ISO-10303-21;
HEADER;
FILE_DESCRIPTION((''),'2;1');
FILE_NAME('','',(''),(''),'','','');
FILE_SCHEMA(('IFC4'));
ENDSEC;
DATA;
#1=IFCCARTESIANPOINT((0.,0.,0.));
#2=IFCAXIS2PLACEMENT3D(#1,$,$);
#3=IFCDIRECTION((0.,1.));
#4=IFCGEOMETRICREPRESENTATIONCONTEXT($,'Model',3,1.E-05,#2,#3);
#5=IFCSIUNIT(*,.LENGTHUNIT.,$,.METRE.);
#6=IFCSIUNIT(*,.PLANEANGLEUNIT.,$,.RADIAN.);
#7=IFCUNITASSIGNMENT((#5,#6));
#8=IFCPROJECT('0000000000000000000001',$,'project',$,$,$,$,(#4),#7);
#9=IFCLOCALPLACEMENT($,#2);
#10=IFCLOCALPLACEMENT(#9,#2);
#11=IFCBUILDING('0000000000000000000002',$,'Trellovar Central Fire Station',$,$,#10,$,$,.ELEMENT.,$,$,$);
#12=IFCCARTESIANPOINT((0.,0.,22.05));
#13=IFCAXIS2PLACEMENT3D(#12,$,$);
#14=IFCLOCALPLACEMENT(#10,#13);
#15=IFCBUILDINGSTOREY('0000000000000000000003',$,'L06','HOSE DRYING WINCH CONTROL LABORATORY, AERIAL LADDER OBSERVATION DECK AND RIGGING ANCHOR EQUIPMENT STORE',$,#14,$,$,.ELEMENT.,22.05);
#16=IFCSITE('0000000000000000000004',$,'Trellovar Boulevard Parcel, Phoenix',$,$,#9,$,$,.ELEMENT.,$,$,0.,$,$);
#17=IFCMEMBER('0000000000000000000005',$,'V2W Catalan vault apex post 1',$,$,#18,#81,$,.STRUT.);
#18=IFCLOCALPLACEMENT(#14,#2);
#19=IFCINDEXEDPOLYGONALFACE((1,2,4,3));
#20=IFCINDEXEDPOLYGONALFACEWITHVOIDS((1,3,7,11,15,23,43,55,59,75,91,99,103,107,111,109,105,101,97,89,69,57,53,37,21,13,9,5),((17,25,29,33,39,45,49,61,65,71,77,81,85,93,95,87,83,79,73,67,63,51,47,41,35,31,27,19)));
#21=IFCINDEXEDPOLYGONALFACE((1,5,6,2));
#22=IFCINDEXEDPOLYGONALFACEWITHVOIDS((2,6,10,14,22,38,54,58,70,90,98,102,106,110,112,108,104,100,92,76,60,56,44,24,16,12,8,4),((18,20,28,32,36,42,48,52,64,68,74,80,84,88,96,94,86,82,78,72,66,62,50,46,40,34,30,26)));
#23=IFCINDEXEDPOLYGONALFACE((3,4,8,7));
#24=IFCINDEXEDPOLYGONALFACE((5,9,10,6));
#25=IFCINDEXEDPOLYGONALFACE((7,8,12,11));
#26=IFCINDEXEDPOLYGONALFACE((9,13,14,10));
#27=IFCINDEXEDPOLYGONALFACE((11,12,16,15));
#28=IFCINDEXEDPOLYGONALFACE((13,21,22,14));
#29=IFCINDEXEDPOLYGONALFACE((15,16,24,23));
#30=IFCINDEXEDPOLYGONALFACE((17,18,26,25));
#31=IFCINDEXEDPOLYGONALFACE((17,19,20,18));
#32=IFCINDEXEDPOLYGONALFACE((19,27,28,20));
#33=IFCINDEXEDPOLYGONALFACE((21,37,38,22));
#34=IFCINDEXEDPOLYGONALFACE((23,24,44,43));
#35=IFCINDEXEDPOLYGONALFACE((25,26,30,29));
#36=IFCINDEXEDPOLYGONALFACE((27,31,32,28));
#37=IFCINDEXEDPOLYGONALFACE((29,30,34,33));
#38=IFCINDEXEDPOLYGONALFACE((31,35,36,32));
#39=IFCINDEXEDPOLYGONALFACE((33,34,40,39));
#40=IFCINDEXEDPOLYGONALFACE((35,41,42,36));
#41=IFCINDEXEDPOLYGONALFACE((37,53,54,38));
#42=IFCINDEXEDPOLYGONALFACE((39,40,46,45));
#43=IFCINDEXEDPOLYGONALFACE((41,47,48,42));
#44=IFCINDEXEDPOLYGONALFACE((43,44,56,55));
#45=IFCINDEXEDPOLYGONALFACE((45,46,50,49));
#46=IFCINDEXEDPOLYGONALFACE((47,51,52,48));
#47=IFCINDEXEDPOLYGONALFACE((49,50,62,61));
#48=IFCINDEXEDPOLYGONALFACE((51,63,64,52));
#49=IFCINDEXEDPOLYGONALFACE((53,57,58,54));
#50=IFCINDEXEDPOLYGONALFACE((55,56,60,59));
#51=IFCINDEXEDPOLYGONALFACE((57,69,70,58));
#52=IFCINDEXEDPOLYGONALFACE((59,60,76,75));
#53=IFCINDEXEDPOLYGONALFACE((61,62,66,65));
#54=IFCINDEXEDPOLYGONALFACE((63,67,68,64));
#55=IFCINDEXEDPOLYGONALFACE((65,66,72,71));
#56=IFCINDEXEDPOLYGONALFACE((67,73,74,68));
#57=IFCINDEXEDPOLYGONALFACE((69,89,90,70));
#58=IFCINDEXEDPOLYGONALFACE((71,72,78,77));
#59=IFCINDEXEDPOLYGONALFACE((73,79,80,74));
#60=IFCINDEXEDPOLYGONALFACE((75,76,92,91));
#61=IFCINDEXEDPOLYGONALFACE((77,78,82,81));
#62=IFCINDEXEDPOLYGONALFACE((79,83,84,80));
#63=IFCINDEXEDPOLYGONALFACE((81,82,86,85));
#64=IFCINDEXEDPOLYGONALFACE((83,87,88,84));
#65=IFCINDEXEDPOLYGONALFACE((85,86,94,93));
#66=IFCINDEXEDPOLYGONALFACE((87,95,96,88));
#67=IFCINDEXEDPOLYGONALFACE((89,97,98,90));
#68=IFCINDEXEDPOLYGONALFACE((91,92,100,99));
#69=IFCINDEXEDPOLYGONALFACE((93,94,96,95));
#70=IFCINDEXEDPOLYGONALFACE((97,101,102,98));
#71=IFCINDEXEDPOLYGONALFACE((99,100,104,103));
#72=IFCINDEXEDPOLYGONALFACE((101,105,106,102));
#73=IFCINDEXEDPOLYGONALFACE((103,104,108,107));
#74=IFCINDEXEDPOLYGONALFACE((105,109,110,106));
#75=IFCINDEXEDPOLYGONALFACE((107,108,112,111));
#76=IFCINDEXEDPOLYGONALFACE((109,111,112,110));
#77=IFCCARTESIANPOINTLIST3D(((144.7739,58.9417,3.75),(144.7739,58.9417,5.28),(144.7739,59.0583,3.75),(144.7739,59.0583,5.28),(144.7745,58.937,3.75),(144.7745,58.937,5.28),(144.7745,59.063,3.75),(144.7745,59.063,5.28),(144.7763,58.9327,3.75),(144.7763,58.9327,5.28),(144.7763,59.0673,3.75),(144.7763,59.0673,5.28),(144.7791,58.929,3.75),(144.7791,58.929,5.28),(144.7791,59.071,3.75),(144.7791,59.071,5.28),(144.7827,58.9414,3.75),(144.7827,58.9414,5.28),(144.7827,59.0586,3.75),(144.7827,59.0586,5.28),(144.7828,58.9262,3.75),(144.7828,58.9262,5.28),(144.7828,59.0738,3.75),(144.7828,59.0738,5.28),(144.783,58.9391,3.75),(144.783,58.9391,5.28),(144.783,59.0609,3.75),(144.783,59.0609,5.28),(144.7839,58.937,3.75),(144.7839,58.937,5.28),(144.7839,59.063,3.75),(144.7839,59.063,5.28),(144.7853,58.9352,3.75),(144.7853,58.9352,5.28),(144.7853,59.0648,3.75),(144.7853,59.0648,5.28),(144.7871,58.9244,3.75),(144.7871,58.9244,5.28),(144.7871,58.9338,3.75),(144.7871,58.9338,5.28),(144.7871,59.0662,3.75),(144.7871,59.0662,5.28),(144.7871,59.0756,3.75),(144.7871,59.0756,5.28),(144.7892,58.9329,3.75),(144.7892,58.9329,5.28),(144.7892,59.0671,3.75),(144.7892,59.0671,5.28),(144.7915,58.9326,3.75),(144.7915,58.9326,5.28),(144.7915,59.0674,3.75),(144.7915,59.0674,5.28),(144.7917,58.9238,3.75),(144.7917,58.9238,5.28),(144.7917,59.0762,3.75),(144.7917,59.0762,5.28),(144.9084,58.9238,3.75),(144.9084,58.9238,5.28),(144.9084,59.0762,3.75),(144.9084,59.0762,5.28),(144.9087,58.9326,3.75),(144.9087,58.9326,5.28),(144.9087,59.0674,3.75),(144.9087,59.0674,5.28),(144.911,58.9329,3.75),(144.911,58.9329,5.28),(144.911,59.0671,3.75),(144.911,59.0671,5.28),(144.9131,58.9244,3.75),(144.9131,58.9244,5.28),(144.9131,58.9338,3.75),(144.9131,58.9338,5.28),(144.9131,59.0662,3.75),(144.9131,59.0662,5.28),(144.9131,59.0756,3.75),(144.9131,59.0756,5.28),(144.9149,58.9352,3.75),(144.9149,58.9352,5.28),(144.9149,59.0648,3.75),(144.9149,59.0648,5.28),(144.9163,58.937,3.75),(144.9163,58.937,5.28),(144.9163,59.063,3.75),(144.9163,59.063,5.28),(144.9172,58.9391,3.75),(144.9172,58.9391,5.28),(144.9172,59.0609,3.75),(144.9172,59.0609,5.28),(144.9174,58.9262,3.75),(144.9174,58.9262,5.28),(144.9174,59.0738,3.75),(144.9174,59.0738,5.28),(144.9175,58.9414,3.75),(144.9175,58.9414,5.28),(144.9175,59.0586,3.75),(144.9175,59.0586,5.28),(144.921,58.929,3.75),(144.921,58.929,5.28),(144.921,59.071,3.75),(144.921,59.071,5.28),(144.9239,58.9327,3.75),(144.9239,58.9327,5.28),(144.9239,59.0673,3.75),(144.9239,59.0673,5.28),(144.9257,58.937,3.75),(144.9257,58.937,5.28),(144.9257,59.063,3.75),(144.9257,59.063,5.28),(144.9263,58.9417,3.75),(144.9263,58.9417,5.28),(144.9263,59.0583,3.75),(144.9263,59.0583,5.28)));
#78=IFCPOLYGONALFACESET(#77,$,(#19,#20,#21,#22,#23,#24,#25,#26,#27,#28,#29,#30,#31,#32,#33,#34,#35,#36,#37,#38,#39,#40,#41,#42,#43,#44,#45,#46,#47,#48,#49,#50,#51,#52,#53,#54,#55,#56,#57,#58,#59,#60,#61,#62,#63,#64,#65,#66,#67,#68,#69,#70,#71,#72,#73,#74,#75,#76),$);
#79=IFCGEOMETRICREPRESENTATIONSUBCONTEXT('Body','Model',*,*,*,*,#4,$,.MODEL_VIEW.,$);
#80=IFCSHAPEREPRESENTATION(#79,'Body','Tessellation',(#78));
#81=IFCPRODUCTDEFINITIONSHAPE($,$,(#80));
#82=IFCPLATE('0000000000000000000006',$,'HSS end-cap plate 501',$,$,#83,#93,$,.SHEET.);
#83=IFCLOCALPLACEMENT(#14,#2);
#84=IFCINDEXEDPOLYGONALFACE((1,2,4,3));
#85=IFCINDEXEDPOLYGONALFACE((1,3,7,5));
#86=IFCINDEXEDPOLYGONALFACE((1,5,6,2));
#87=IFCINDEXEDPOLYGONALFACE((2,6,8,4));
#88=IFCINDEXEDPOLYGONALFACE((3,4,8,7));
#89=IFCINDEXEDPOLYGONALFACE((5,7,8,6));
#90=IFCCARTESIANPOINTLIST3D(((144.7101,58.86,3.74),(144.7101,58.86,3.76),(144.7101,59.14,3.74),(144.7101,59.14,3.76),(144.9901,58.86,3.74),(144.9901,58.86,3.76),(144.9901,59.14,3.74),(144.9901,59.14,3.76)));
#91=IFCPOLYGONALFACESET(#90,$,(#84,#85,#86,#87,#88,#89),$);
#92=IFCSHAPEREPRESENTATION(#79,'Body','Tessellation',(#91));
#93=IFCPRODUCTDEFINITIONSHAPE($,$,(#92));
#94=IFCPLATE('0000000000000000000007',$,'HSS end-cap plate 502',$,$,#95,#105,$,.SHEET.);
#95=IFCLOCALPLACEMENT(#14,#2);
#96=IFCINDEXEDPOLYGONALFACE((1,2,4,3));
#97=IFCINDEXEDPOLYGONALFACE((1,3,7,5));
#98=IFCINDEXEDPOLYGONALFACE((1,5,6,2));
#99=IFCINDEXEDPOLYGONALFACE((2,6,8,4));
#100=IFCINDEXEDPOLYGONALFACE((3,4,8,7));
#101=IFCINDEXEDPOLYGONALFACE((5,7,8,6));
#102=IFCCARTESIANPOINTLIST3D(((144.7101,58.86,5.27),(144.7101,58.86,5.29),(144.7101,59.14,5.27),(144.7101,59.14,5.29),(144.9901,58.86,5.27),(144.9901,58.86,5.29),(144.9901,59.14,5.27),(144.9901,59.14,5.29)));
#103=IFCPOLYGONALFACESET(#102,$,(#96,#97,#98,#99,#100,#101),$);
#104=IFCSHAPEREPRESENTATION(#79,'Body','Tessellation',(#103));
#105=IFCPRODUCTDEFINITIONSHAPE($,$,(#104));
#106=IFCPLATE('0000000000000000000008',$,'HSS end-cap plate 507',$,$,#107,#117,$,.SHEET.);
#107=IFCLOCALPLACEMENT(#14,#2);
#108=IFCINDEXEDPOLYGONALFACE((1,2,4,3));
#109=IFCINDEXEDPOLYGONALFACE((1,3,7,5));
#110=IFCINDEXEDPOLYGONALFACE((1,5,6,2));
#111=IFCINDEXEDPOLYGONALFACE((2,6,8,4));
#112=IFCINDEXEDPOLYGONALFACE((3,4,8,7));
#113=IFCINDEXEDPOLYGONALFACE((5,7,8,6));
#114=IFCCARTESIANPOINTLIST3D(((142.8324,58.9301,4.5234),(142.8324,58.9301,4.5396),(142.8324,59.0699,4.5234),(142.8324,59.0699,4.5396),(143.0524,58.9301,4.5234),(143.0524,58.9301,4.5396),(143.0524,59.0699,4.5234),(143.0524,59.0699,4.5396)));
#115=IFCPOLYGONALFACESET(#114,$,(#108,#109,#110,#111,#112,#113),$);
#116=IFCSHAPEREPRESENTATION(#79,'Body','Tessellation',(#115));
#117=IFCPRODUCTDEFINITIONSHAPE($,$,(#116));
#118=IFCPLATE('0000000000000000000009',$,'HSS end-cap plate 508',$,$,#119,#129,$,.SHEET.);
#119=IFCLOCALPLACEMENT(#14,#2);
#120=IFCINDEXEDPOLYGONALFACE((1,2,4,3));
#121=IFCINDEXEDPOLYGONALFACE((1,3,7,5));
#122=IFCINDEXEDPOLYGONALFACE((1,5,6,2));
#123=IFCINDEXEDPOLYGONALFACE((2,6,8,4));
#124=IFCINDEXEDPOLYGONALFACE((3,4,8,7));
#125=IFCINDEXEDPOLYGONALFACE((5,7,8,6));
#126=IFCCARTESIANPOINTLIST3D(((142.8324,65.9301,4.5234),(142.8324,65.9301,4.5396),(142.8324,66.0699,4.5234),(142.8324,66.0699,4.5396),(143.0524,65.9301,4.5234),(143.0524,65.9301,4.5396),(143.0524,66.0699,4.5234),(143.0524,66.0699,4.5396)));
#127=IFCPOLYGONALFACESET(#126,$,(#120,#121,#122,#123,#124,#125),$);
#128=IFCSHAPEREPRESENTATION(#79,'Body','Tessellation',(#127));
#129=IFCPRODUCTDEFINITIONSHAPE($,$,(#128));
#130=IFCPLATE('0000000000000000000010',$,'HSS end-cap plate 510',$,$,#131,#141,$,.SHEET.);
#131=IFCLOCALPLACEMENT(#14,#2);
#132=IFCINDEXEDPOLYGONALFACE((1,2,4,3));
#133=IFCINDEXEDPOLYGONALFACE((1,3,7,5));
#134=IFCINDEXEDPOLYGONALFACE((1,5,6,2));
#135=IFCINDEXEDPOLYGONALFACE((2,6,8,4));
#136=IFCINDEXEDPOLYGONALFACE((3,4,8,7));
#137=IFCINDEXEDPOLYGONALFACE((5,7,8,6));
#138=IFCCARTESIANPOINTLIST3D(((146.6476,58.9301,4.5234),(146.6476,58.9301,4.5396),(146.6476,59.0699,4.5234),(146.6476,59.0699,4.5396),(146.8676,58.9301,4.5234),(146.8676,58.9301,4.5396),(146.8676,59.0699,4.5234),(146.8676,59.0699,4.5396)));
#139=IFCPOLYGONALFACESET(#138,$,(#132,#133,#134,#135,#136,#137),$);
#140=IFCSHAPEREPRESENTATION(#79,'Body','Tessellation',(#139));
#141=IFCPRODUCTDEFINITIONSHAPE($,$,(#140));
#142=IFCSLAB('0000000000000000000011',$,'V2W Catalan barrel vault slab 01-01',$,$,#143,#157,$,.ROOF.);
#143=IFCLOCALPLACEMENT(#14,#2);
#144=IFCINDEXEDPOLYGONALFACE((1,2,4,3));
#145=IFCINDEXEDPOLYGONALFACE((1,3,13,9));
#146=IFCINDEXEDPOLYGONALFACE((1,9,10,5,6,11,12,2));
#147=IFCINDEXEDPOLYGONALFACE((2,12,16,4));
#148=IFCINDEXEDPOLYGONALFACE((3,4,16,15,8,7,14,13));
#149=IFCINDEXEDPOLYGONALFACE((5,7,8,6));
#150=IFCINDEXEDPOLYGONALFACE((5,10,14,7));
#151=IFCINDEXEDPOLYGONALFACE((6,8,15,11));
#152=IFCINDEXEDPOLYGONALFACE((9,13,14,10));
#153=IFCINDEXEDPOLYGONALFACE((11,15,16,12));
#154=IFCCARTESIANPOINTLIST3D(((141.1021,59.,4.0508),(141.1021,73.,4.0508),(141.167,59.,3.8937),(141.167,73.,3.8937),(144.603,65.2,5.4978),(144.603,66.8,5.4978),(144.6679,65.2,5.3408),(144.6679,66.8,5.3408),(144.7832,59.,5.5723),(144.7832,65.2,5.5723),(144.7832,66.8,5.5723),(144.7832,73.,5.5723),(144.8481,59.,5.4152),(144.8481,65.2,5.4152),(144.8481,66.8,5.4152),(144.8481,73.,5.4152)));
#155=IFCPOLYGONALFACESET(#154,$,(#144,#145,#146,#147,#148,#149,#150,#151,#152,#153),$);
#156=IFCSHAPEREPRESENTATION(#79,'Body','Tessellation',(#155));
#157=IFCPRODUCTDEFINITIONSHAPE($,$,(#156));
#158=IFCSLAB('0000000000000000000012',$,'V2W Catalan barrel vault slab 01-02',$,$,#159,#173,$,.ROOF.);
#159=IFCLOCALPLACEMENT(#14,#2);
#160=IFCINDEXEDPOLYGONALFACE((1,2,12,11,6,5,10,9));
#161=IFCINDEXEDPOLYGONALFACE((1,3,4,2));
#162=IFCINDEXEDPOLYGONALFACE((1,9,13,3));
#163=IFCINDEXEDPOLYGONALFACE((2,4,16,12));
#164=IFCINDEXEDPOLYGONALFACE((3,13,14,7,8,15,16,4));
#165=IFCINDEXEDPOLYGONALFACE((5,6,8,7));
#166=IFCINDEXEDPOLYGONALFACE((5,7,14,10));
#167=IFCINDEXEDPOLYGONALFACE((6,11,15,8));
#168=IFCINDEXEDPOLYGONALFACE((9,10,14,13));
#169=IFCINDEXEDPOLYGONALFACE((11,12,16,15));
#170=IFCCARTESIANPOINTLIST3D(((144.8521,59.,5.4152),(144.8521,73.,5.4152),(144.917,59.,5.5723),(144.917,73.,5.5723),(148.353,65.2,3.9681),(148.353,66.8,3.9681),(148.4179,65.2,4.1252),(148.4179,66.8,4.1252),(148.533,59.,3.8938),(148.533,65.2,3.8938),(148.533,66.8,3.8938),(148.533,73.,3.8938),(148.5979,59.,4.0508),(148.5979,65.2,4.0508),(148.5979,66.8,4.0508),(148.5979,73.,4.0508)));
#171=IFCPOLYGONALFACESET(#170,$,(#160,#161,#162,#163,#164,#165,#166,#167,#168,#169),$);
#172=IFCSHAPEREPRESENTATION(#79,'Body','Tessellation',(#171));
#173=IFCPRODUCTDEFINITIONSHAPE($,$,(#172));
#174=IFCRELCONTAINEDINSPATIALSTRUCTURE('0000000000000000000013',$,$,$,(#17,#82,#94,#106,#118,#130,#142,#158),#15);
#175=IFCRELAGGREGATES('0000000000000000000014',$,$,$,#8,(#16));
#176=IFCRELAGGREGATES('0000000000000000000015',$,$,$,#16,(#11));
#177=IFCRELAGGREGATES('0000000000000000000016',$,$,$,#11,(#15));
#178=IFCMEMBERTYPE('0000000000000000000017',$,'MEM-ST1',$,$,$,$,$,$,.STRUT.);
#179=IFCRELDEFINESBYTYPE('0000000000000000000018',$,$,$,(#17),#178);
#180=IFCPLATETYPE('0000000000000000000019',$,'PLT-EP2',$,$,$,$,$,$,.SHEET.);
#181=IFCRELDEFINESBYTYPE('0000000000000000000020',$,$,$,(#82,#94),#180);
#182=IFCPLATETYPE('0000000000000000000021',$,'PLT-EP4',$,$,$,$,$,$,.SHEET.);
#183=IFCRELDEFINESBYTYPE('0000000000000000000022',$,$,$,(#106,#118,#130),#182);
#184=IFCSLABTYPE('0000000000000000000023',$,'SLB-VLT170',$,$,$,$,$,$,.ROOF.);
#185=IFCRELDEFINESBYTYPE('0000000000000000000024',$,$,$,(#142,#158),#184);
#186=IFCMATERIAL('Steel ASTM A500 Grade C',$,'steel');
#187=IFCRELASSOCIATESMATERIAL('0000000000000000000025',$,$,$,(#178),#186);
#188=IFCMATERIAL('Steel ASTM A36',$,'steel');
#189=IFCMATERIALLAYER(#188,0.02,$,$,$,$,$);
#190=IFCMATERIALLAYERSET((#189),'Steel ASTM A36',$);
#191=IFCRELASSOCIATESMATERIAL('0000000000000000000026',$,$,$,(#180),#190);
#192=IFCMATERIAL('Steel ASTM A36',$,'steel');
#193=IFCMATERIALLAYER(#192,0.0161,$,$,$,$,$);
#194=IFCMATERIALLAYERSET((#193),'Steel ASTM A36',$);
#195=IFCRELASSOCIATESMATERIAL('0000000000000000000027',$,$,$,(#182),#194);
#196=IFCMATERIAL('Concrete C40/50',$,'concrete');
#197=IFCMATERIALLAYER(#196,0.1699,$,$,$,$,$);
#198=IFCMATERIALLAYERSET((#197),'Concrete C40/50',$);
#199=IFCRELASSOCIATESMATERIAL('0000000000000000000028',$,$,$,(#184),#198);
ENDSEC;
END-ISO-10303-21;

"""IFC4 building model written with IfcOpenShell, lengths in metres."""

from ifc_helpers import new_model, si_unit, direction, frame, origin, origin_2d, place, context, subcontext, project, spatial, polyline, rectangle, hollow_rectangle, outline, extrude, material, layer, layer_set, material_profile, profile_set, type_object, element, save


model = new_model("IFC4")

# Units and contexts
model_context = context("Model", 3, precision=1e-05, world=origin(), true_north=direction((0.0, 1.0)))
body_context = subcontext(model_context, "Body", "Model", "MODEL_VIEW")
ifc_project = project(units=[si_unit("LENGTHUNIT", "METRE"), si_unit("PLANEANGLEUNIT", "RADIAN")], contexts=[model_context])

# Site, building, storey
site_placement = place(None, origin())
site = spatial("IfcSite", under=ifc_project, at=site_placement, Name="Trellovar Boulevard Parcel, Phoenix", CompositionType="ELEMENT", RefElevation=0.0)
building_placement = place(site_placement, origin())
building = spatial("IfcBuilding", under=site, at=building_placement, Name="Trellovar Central Fire Station", CompositionType="ELEMENT")
storey_placement = place(building_placement, frame((0.0, 0.0, 22.05)))
storey = spatial("IfcBuildingStorey", under=building, at=storey_placement, Name="L06", Description="HOSE DRYING WINCH CONTROL LABORATORY, AERIAL LADDER OBSERVATION DECK AND RIGGING ANCHOR EQUIPMENT STORE", CompositionType="ELEMENT", Elevation=22.05)

# Member
ifc_material_1 = material(Name="Steel ASTM A500 Grade C", Category="steel")
ifc_material_profile_1 = material_profile(ifc_material_1, hollow_rectangle(XDim=0.1523, YDim=0.1523, WallThickness=0.0088, InnerFilletRadius=0.0088, OuterFilletRadius=0.0178, at=origin_2d()), Name="HSS6X6X3/8")
ifc_profile_set_1 = profile_set([ifc_material_profile_1], Name="Steel ASTM A500 Grade C")
member_type_1 = type_object("IfcMemberType", Name="MEM-ST1", PredefinedType="STRUT", material=ifc_profile_set_1)
member_1_placement = place(storey_placement, frame((144.8501, 59.0, 3.75), z_axis=(0.0, 0.0, 1.0), x_axis=(1.0, 0.0, 0.0)))
element("IfcMember", 1, at=member_1_placement, inside=storey, type_object=member_type_1, Name="V2W Catalan vault apex post 1", PredefinedType="STRUT", context=body_context, shape_type="SweptSolid", body=[
    extrude(hollow_rectangle(XDim=0.1523, YDim=0.1523, WallThickness=0.0088, InnerFilletRadius=0.0088, OuterFilletRadius=0.0178, at=origin_2d()), origin(), (0.0, 0.0, 1.0), 1.53),
])

# Plates
ifc_material_2 = material(Name="Steel ASTM A36", Category="steel")
ifc_layer_1 = layer(ifc_material_2, 0.02)
ifc_layer_set_1 = layer_set([ifc_layer_1], Name="Steel ASTM A36")
plate_type_1 = type_object("IfcPlateType", Name="PLT-EP2", PredefinedType="SHEET", material=ifc_layer_set_1)
for number, where, z_axis, x_axis, name in (
    (2, (144.8501, 59.0, 3.74), (0.0, 0.0, 1.0), (1.0, 0.0, 0.0), "HSS end-cap plate 501"),
    (3, (144.8501, 59.0, 5.27), (0.0, 0.0, 1.0), (1.0, 0.0, 0.0), "HSS end-cap plate 502"),
):
    element("IfcPlate", number, at=place(storey_placement, frame(where, z_axis=z_axis, x_axis=x_axis)), inside=storey, type_object=plate_type_1, Name=name, PredefinedType="SHEET", context=body_context, shape_type="SweptSolid", body=[
        extrude(rectangle(XDim=0.28, YDim=0.28, at=origin_2d()), origin(), (0.0, 0.0, 1.0), 0.02),
    ])
ifc_material_3 = material(Name="Steel ASTM A36", Category="steel")
ifc_layer_2 = layer(ifc_material_3, 0.0161)
ifc_layer_set_2 = layer_set([ifc_layer_2], Name="Steel ASTM A36")
plate_type_2 = type_object("IfcPlateType", Name="PLT-EP4", PredefinedType="SHEET", material=ifc_layer_set_2)
for number, where, z_axis, x_axis, name in (
    (4, (142.9424, 59.0, 4.5234), (0.0, 0.0, 1.0), (1.0, 0.0, 0.0), "HSS end-cap plate 507"),
    (5, (142.9424, 66.0, 4.5234), (0.0, 0.0, 1.0), (1.0, 0.0, 0.0), "HSS end-cap plate 508"),
    (6, (146.7576, 59.0, 4.5234), (0.0, 0.0, 1.0), (1.0, 0.0, 0.0), "HSS end-cap plate 510"),
):
    element("IfcPlate", number, at=place(storey_placement, frame(where, z_axis=z_axis, x_axis=x_axis)), inside=storey, type_object=plate_type_2, Name=name, PredefinedType="SHEET", context=body_context, shape_type="SweptSolid", body=[
        extrude(rectangle(XDim=0.22, YDim=0.1399, at=origin_2d()), origin(), (0.0, 0.0, 1.0), 0.0161),
    ])

# Slabs
ifc_material_4 = material(Name="Concrete C40/50", Category="concrete")
ifc_layer_3 = layer(ifc_material_4, 0.1699)
ifc_layer_set_3 = layer_set([ifc_layer_3], Name="Concrete C40/50")
slab_type = type_object("IfcSlabType", Name="SLB-VLT170", PredefinedType="ROOF", material=ifc_layer_set_3)
slab_1_placement = place(storey_placement, frame((141.1021, 59.0, 4.0508), z_axis=(-0.381977, 0.0, 0.924172), x_axis=(0.924172, 0.0, 0.381977)))
element("IfcSlab", 7, at=slab_1_placement, inside=storey, type_object=slab_type, Name="V2W Catalan barrel vault slab 01-01", PredefinedType="ROOF", context=body_context, shape_type="SweptSolid", body=[
    extrude(outline(polyline([(0.0, 0.0), (3.9832, 0.0), (3.9832, 6.2), (3.7882, 6.2), (3.7882, 7.8), (3.9832, 7.8), (3.9832, 14.0), (0.0, 14.0), (0.0, 0.0)])), origin(), (0.0, 0.0, -1.0), 0.1699),
])
slab_2_placement = place(storey_placement, frame((144.917, 59.0, 5.5723), z_axis=(0.381996, 0.0, 0.924164), x_axis=(0.924164, 0.0, -0.381996)))
element("IfcSlab", 8, at=slab_2_placement, inside=storey, type_object=slab_type, Name="V2W Catalan barrel vault slab 01-02", PredefinedType="ROOF", context=body_context, shape_type="SweptSolid", body=[
    extrude(outline(polyline([(0.0, 0.0), (3.983, 0.0), (3.983, 6.2), (3.7882, 6.2), (3.7882, 7.8), (3.983, 7.8), (3.983, 14.0), (0.0, 14.0), (0.0, 0.0)])), origin(), (0.0, 0.0, -1.0), 0.1699),
])

save(model, "model.ifc")
